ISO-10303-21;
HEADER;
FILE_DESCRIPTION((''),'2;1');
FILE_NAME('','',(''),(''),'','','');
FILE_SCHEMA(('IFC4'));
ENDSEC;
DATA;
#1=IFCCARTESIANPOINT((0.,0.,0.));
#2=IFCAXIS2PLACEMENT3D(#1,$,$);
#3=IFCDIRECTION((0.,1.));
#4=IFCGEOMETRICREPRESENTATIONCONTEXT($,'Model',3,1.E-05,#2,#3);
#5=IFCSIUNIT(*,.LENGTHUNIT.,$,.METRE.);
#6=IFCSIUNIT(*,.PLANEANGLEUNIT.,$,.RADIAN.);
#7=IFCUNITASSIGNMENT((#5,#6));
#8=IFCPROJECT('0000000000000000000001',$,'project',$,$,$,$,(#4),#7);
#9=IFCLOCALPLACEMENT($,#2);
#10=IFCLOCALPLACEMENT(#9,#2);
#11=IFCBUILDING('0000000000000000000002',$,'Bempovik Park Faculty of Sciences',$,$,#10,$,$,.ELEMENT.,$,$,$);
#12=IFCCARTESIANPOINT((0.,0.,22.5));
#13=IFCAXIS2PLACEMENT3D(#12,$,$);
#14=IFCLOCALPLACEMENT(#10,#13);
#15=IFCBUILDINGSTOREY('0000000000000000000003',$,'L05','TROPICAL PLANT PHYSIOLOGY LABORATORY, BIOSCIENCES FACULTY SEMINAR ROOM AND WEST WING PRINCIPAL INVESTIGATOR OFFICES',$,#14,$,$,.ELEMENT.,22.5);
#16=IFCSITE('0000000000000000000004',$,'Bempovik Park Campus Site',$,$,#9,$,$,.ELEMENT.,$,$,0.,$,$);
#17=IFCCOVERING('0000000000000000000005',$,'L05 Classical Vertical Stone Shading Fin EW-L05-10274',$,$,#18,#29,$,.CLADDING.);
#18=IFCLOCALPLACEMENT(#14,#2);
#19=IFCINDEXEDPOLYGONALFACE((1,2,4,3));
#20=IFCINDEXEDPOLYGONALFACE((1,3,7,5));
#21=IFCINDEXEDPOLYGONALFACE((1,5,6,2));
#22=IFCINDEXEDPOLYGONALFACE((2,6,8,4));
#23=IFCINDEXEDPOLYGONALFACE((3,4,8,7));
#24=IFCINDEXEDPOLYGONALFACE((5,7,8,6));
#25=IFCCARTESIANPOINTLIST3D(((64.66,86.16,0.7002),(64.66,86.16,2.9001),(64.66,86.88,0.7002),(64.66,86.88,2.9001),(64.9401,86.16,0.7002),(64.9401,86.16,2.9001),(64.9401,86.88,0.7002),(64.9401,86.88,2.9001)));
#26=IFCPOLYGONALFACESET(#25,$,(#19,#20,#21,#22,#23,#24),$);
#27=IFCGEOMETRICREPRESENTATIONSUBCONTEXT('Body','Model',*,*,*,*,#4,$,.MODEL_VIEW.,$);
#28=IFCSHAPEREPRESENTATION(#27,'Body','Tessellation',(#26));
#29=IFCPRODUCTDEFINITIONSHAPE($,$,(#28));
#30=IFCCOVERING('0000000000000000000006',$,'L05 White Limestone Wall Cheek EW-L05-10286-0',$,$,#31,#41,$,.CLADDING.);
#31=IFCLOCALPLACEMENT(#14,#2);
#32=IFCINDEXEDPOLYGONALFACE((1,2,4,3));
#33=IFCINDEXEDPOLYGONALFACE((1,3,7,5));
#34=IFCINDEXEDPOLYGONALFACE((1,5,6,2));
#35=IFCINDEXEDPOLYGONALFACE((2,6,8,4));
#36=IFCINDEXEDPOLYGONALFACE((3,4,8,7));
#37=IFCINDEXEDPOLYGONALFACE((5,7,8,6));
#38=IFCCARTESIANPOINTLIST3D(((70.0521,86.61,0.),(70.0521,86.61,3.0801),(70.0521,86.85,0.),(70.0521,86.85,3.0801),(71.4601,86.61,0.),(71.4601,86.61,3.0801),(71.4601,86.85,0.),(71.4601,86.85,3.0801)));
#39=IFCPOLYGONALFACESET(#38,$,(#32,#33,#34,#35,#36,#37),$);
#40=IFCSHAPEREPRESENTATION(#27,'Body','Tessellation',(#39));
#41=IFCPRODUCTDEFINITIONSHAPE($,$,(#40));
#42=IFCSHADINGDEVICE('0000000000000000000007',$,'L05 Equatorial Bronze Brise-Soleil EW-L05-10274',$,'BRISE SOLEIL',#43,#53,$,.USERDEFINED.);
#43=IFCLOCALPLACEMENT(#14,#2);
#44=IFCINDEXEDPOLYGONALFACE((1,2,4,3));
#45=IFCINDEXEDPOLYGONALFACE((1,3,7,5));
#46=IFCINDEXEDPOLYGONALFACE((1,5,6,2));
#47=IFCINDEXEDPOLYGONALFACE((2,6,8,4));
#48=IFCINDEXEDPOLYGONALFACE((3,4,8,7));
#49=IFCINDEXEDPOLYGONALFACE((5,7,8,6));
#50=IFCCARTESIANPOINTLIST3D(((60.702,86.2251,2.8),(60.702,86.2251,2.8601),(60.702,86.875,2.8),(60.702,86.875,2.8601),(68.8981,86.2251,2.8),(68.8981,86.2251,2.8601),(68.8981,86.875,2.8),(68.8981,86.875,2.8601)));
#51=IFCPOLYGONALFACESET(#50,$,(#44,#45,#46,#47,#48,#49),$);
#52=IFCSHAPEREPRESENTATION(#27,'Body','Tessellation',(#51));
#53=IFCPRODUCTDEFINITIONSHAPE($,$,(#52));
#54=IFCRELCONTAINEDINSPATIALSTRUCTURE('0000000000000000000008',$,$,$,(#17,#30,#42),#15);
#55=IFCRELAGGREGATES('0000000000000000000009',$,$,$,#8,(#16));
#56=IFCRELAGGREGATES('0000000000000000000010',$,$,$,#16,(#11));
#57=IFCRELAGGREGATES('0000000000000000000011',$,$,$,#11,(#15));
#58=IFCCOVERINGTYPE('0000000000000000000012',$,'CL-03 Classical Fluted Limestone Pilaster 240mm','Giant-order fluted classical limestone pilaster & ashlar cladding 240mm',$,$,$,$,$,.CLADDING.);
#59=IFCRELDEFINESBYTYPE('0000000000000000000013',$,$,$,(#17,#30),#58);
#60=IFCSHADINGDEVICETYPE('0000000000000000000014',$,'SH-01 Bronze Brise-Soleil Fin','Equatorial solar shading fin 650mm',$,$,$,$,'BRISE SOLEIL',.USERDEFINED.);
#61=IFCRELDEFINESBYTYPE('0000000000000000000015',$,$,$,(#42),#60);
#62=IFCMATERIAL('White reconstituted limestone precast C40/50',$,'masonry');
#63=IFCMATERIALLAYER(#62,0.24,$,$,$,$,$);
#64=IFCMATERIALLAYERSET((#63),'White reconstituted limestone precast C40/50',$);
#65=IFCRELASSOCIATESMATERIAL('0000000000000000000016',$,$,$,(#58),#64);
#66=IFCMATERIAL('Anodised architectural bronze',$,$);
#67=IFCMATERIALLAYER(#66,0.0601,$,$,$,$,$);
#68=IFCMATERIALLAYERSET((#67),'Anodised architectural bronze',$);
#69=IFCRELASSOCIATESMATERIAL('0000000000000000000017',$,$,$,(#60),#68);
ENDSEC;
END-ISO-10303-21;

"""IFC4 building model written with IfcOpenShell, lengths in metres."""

from ifc_helpers import new_model, si_unit, direction, frame, origin, origin_2d, place, context, subcontext, project, spatial, rectangle, extrude, material, layer, layer_set, type_object, element, save


model = new_model("IFC4")

# Units and contexts
model_context = context("Model", 3, precision=1e-05, world=origin(), true_north=direction((0.0, 1.0)))
body_context = subcontext(model_context, "Body", "Model", "MODEL_VIEW")
ifc_project = project(units=[si_unit("LENGTHUNIT", "METRE"), si_unit("PLANEANGLEUNIT", "RADIAN")], contexts=[model_context])

# Site, building, storey
site_placement = place(None, origin())
site = spatial("IfcSite", under=ifc_project, at=site_placement, Name="Bempovik Park Campus Site", CompositionType="ELEMENT", RefElevation=0.0)
building_placement = place(site_placement, origin())
building = spatial("IfcBuilding", under=site, at=building_placement, Name="Bempovik Park Faculty of Sciences", CompositionType="ELEMENT")
storey_placement = place(building_placement, frame((0.0, 0.0, 22.5)))
storey = spatial("IfcBuildingStorey", under=building, at=storey_placement, Name="L05", Description="TROPICAL PLANT PHYSIOLOGY LABORATORY, BIOSCIENCES FACULTY SEMINAR ROOM AND WEST WING PRINCIPAL INVESTIGATOR OFFICES", CompositionType="ELEMENT", Elevation=22.5)

# Coverings
ifc_material_1 = material(Name="White reconstituted limestone precast C40/50", Category="masonry")
ifc_layer_1 = layer(ifc_material_1, 0.24)
ifc_layer_set_1 = layer_set([ifc_layer_1], Name="White reconstituted limestone precast C40/50")
covering_type_1 = type_object("IfcCoveringType", Name="CL-03 Classical Fluted Limestone Pilaster 240mm", Description="Giant-order fluted classical limestone pilaster & ashlar cladding 240mm", PredefinedType="CLADDING", material=ifc_layer_set_1)
covering_1_placement = place(storey_placement, frame((64.8, 86.52, 0.7002), z_axis=(0.0, 0.0, 1.0), x_axis=(1.0, 0.0, 0.0)))
element("IfcCovering", 1, at=covering_1_placement, inside=storey, type_object=covering_type_1, Name="L05 Classical Vertical Stone Shading Fin EW-L05-10274", PredefinedType="CLADDING", context=body_context, shape_type="SweptSolid", body=[
    extrude(rectangle(XDim=0.28, YDim=0.72, at=origin_2d()), origin(), (0.0, 0.0, 1.0), 2.2),
])
covering_2_placement = place(storey_placement, frame((70.7561, 86.73, 0.0), z_axis=(0.0, 0.0, 1.0), x_axis=(1.0, 0.0, 0.0)))
element("IfcCovering", 2, at=covering_2_placement, inside=storey, type_object=covering_type_1, Name="L05 White Limestone Wall Cheek EW-L05-10286-0", PredefinedType="CLADDING", context=body_context, shape_type="SweptSolid", body=[
    extrude(rectangle(XDim=1.408, YDim=0.24, at=origin_2d()), origin(), (0.0, 0.0, 1.0), 3.0801),
])

# Shading device
ifc_material_2 = material(Name="Anodised architectural bronze")
ifc_layer_2 = layer(ifc_material_2, 0.0601)
ifc_layer_set_2 = layer_set([ifc_layer_2], Name="Anodised architectural bronze")
shading_device_type = type_object("IfcShadingDeviceType", Name="SH-01 Bronze Brise-Soleil Fin", Description="Equatorial solar shading fin 650mm", ElementType="BRISE SOLEIL", PredefinedType="USERDEFINED", material=ifc_layer_set_2)
shading_device_placement = place(storey_placement, frame((64.8, 86.55, 2.8), z_axis=(0.0, 0.0, 1.0), x_axis=(1.0, 0.0, 0.0)))
element("IfcShadingDevice", 3, at=shading_device_placement, inside=storey, type_object=shading_device_type, Name="L05 Equatorial Bronze Brise-Soleil EW-L05-10274", ObjectType="BRISE SOLEIL", PredefinedType="USERDEFINED", context=body_context, shape_type="SweptSolid", body=[
    extrude(rectangle(XDim=8.196, YDim=0.6499, at=origin_2d()), origin(), (0.0, 0.0, 1.0), 0.0601),
])

save(model, "model.ifc")
